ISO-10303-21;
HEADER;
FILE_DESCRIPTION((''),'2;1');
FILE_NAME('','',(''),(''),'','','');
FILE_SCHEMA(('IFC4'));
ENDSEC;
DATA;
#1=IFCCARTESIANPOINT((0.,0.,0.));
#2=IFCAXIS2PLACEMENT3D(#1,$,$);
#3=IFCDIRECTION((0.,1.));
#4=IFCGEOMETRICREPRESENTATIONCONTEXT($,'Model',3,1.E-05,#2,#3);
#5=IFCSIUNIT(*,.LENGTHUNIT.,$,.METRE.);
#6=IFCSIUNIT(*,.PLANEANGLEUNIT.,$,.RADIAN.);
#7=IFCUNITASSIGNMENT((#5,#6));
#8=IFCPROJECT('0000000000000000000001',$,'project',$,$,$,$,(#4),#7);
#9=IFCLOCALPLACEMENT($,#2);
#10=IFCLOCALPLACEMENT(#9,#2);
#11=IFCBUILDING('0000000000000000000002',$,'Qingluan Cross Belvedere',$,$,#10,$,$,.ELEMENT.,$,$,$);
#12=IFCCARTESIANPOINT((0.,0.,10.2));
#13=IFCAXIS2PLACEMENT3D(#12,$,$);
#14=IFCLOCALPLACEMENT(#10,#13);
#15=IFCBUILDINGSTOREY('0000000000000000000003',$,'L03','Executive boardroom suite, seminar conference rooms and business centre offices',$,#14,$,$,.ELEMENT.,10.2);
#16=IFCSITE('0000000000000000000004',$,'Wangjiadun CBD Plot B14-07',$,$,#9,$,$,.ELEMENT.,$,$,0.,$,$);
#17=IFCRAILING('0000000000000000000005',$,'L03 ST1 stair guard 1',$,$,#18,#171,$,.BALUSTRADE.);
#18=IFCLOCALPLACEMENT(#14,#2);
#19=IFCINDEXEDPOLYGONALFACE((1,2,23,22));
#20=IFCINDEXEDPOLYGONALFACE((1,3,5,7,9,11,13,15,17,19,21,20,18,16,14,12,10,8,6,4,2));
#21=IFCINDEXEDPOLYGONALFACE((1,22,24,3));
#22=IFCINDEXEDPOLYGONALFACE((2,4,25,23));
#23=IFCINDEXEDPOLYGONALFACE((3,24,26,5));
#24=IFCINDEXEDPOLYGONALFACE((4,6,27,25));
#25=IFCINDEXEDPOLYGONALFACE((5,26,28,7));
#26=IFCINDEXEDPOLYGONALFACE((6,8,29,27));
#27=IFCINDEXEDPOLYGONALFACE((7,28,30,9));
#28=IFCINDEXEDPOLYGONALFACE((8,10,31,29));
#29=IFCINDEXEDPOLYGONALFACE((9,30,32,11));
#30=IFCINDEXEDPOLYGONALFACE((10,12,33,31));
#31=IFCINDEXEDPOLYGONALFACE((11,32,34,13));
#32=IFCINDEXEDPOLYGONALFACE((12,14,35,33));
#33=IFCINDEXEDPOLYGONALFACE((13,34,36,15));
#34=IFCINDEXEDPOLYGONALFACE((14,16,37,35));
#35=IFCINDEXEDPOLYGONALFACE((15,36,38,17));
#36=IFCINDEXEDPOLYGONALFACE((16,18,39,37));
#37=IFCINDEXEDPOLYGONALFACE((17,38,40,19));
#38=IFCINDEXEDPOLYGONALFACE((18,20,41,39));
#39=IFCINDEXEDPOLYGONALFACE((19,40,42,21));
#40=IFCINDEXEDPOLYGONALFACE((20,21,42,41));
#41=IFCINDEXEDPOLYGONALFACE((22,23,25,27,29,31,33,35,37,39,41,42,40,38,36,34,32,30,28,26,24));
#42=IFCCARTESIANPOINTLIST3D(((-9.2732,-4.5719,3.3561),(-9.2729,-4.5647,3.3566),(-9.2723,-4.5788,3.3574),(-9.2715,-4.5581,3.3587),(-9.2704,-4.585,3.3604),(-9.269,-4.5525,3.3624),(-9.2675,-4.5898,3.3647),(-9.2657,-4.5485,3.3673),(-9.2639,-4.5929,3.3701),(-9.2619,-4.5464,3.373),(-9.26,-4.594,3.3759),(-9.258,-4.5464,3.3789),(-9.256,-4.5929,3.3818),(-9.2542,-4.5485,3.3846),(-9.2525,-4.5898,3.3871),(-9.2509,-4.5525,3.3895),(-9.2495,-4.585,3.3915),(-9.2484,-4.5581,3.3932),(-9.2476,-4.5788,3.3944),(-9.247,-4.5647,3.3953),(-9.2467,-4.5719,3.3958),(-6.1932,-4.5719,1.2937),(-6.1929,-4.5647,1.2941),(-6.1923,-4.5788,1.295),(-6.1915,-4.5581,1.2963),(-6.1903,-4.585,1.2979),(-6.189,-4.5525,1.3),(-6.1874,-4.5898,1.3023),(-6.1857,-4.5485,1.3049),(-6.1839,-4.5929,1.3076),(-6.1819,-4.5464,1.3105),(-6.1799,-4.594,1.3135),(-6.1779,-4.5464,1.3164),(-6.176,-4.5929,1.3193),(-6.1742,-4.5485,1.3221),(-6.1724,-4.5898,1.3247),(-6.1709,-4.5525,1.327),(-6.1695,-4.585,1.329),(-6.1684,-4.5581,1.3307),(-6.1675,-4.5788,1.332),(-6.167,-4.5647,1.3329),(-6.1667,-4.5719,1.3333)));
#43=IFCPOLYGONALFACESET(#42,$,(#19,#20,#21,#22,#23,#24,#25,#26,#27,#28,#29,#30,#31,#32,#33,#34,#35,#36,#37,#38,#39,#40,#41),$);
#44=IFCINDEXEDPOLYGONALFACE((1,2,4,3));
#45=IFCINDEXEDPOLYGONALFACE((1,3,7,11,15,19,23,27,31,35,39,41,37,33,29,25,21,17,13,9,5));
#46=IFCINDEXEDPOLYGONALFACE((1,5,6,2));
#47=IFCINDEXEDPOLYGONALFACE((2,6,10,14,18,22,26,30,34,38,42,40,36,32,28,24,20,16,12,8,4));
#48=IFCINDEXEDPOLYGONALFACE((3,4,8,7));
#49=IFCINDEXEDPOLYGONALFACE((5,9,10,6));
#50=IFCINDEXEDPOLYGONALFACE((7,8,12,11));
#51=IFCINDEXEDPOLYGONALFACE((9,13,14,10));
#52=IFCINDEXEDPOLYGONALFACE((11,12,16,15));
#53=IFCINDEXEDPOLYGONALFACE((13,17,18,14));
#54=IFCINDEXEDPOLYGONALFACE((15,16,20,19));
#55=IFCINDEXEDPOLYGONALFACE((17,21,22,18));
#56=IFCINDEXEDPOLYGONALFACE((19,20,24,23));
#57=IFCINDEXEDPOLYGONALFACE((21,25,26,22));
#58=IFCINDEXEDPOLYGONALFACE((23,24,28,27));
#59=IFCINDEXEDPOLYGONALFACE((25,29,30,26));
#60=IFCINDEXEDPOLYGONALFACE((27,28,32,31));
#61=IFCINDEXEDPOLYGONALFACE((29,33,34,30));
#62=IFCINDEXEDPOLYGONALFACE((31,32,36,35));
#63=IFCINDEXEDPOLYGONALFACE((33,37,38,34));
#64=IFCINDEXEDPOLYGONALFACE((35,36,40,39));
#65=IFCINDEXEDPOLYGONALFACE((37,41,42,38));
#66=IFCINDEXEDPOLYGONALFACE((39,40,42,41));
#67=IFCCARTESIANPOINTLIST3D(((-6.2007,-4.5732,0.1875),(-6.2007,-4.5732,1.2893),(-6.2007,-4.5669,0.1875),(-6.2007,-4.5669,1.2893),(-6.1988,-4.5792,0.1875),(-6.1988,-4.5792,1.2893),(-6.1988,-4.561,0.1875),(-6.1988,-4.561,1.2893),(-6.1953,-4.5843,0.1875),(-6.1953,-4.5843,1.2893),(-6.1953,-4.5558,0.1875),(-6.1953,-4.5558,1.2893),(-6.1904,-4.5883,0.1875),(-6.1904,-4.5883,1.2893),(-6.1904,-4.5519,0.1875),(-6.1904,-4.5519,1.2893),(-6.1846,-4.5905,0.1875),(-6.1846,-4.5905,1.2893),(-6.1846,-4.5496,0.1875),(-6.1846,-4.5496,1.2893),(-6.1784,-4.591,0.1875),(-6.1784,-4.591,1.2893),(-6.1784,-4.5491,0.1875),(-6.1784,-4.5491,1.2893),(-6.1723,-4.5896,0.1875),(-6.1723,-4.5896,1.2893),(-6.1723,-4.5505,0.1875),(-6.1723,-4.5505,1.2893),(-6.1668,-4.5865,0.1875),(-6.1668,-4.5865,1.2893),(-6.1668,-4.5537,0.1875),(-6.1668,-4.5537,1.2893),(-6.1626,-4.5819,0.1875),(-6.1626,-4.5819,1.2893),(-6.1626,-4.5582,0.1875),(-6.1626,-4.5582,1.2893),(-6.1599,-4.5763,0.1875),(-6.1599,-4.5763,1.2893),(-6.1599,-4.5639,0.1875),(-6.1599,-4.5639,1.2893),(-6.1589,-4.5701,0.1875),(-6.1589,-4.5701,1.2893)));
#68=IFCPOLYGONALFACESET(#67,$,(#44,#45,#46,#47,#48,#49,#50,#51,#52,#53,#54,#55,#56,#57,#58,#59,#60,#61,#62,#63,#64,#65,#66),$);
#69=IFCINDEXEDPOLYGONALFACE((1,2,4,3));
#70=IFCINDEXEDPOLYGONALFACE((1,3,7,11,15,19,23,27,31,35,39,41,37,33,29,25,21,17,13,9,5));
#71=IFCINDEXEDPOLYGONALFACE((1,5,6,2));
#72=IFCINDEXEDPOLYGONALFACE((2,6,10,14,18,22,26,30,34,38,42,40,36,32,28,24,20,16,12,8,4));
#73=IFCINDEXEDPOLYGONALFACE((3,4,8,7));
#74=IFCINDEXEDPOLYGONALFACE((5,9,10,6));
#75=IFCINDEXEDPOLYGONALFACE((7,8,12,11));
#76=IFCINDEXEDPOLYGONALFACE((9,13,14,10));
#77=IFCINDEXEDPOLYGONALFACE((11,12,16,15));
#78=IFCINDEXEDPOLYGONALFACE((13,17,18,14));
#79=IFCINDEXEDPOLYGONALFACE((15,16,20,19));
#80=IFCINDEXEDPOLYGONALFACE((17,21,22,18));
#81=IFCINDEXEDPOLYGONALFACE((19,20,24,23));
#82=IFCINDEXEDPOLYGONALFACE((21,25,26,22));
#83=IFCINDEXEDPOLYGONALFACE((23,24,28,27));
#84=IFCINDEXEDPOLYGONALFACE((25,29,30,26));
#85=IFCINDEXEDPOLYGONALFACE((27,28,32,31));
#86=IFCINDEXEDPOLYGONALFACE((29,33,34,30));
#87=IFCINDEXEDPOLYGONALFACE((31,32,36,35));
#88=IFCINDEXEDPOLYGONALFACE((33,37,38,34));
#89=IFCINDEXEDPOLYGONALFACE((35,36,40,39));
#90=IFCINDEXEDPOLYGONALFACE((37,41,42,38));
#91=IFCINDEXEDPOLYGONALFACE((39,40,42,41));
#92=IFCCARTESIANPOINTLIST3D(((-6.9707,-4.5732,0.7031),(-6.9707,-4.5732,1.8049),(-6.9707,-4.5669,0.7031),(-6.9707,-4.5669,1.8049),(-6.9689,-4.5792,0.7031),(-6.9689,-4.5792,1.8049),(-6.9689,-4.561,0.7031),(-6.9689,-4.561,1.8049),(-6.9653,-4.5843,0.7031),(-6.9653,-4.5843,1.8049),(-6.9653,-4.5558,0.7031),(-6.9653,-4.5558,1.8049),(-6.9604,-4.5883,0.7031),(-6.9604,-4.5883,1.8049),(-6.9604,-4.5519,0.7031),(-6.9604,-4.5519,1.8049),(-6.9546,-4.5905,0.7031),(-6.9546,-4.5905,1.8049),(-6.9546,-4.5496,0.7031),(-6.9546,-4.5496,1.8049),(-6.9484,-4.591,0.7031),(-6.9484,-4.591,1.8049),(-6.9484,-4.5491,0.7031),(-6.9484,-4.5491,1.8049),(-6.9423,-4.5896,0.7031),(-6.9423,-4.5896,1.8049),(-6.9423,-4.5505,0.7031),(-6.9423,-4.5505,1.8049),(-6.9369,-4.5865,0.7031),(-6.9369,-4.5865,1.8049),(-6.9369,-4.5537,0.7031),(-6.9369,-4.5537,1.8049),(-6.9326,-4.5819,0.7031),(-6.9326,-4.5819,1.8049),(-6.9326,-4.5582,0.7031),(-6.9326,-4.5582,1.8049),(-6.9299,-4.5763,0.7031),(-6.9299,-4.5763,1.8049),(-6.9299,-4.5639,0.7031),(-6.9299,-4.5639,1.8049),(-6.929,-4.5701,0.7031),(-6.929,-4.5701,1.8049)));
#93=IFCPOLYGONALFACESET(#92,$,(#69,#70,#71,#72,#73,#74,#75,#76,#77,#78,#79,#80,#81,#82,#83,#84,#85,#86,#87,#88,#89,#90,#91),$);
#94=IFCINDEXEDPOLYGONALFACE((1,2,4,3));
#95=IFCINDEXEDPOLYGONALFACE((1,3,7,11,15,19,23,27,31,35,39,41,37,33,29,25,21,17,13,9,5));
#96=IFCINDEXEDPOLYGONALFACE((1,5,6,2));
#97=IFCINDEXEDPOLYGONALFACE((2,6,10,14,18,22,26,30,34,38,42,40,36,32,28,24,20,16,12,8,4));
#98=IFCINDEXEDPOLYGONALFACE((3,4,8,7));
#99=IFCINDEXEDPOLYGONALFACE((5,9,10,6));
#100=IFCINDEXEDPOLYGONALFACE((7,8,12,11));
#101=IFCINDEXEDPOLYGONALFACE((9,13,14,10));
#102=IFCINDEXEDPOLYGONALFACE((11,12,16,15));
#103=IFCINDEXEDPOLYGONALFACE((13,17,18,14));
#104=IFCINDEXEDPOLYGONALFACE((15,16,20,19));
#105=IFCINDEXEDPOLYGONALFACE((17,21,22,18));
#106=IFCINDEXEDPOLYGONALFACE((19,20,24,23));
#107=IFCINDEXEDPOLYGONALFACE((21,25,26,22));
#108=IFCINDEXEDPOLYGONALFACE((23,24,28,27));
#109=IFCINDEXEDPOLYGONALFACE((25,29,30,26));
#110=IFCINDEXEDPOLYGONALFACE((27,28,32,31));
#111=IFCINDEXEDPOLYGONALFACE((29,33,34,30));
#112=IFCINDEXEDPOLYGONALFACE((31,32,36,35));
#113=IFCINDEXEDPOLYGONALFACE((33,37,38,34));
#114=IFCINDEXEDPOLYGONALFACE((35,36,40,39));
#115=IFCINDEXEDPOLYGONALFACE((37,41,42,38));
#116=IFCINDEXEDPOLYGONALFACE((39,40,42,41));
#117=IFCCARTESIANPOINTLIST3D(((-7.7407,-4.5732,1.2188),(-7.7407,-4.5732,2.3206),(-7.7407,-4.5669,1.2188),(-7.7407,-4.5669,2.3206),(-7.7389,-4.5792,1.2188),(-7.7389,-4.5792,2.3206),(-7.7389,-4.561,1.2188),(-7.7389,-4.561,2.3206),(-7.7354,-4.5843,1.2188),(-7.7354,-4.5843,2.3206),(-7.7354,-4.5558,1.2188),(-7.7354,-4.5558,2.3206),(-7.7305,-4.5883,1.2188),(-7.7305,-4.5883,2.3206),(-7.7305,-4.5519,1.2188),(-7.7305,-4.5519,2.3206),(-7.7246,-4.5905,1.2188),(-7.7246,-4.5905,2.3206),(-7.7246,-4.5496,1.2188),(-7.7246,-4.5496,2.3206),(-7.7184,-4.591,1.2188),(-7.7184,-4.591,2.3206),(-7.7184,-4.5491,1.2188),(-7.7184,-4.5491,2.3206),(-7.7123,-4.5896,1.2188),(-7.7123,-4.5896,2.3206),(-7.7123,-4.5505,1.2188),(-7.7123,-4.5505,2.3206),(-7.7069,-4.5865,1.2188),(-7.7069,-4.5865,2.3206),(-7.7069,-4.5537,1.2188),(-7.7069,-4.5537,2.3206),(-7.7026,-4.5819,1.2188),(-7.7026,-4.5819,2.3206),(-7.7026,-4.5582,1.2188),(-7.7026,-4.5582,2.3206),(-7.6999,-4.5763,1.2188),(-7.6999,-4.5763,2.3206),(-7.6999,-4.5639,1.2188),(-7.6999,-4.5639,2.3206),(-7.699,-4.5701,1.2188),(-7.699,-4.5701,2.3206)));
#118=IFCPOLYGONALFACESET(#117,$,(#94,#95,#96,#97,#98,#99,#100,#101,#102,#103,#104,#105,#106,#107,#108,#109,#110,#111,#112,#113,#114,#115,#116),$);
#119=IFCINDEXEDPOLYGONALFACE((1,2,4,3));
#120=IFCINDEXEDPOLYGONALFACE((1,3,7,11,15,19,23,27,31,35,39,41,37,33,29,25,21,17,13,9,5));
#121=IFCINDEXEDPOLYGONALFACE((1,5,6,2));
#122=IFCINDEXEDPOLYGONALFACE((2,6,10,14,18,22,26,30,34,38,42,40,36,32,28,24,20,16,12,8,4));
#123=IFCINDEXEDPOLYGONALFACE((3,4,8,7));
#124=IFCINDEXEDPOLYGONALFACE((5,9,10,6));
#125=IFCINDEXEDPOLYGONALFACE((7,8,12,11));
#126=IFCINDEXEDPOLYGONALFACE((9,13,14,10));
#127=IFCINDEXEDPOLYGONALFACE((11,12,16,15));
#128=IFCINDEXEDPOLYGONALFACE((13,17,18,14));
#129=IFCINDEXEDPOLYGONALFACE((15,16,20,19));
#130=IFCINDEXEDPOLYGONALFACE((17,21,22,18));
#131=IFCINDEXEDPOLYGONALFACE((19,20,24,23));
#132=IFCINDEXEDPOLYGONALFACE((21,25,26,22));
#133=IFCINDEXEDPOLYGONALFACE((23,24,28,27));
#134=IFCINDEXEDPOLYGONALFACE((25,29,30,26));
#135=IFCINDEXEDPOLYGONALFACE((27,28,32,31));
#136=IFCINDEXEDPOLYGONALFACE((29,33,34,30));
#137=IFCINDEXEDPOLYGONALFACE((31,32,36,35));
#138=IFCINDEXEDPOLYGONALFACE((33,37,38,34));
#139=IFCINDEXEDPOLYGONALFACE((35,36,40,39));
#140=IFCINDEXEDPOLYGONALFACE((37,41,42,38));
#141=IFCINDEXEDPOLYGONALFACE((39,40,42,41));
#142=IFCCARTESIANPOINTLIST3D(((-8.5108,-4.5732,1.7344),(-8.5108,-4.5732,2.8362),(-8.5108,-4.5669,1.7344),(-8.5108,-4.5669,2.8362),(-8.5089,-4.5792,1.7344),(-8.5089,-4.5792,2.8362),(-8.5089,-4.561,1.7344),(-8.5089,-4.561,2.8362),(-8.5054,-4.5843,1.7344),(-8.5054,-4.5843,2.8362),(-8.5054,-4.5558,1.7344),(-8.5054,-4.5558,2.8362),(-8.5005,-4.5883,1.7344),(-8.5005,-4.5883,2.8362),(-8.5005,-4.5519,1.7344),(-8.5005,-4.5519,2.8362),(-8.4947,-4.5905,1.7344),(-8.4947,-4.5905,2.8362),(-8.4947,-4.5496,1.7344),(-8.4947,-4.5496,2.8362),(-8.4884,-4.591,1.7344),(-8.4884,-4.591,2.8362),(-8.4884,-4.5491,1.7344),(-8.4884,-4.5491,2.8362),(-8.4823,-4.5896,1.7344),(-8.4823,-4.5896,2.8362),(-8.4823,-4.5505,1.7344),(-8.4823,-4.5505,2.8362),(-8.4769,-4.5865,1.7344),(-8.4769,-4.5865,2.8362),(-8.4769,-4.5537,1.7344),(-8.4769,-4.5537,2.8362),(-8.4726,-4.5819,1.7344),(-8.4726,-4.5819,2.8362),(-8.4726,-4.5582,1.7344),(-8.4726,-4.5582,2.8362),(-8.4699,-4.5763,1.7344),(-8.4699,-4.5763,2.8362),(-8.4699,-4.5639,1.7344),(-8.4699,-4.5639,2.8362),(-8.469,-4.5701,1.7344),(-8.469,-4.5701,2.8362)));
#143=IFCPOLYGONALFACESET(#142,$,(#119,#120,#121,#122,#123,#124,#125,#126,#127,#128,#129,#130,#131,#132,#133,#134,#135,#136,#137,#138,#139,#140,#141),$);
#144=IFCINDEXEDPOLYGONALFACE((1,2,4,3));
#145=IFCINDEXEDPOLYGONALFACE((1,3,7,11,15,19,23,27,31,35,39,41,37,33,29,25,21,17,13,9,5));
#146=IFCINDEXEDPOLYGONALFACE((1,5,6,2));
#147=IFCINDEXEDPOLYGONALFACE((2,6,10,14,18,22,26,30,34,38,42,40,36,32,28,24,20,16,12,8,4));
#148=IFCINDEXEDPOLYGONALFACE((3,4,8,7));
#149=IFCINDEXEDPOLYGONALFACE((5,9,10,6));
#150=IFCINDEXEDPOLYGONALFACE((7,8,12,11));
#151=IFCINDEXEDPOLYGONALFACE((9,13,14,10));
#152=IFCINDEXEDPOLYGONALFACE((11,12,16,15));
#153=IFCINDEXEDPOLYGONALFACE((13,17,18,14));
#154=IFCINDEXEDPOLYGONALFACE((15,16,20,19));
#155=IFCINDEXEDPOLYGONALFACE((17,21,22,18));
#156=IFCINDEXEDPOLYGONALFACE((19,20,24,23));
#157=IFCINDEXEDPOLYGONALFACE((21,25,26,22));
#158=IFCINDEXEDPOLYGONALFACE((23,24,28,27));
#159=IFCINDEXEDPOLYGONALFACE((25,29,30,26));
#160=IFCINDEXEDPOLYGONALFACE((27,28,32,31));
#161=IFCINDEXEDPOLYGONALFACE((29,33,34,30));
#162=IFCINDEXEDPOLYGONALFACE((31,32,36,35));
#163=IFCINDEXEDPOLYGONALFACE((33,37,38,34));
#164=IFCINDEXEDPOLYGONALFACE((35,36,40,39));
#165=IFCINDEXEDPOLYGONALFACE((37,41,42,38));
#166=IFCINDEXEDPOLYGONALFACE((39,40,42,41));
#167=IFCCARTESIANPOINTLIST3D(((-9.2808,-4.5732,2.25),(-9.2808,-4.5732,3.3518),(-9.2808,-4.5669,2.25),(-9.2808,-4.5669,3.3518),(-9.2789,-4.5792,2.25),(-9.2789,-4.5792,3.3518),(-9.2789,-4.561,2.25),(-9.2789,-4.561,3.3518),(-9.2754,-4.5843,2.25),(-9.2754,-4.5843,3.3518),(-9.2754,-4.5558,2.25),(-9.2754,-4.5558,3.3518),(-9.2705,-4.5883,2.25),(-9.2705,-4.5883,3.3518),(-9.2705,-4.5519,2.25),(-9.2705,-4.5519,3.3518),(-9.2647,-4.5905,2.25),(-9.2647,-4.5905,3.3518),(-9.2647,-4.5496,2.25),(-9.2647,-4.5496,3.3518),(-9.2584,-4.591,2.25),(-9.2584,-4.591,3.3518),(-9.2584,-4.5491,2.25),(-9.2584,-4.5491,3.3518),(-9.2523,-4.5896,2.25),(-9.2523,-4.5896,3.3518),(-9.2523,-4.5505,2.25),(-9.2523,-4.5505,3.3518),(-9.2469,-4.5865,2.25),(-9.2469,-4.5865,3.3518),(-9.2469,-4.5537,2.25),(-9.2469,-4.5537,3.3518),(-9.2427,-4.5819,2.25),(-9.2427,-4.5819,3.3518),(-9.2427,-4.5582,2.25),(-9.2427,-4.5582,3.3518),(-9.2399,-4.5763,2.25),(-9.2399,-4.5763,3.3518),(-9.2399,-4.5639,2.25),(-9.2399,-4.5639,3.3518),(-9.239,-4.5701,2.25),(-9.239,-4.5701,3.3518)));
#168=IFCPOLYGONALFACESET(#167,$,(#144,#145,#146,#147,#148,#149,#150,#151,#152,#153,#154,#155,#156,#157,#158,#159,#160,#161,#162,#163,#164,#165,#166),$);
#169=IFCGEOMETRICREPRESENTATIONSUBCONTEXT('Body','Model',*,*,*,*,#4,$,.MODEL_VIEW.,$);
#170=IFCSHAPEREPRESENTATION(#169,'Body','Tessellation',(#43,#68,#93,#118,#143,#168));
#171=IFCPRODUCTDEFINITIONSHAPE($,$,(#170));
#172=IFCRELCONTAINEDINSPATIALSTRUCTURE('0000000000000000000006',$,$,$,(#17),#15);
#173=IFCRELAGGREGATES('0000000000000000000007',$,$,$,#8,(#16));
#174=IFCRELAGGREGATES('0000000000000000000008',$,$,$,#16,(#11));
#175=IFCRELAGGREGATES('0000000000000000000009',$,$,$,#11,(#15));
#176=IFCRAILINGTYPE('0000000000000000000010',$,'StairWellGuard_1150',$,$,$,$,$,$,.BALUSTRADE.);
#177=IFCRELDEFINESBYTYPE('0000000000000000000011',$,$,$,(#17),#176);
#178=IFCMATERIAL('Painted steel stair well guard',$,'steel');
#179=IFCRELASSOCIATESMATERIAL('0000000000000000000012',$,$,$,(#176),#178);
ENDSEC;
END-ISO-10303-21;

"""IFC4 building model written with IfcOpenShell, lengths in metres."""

from ifc_helpers import new_model, si_unit, direction, frame, origin, origin_2d, place, context, subcontext, project, spatial, circle, extrude, material, type_object, element, save


model = new_model("IFC4")

# Units and contexts
model_context = context("Model", 3, precision=1e-05, world=origin(), true_north=direction((0.0, 1.0)))
body_context = subcontext(model_context, "Body", "Model", "MODEL_VIEW")
ifc_project = project(units=[si_unit("LENGTHUNIT", "METRE"), si_unit("PLANEANGLEUNIT", "RADIAN")], contexts=[model_context])

# Site, building, storey
site_placement = place(None, origin())
site = spatial("IfcSite", under=ifc_project, at=site_placement, Name="Wangjiadun CBD Plot B14-07", CompositionType="ELEMENT", RefElevation=0.0)
building_placement = place(site_placement, origin())
building = spatial("IfcBuilding", under=site, at=building_placement, Name="Qingluan Cross Belvedere", CompositionType="ELEMENT")
storey_placement = place(building_placement, frame((0.0, 0.0, 10.2)))
storey = spatial("IfcBuildingStorey", under=building, at=storey_placement, Name="L03", Description="Executive boardroom suite, seminar conference rooms and business centre offices", CompositionType="ELEMENT", Elevation=10.2)

# Railing
ifc_material_1 = material(Name="Painted steel stair well guard", Category="steel")
railing_type_1 = type_object("IfcRailingType", Name="StairWellGuard_1150", PredefinedType="BALUSTRADE", material=ifc_material_1)
railing_1_placement = place(storey_placement, frame((-6.1799, -4.5701, 0.1875)))
element("IfcRailing", 1, at=railing_1_placement, inside=storey, type_object=railing_type_1, Name="L03 ST1 stair guard 1", PredefinedType="BALUSTRADE", context=body_context, shape_type="SweptSolid", body=[
    extrude(circle(Radius=0.0239, at=origin_2d()), frame((0.0, 0.0, 1.126), z_axis=(-0.830914, 0.0, 0.556401), x_axis=(0.0, -1.0, 0.0)), (0.0, 0.0, 1.0), 3.7068),
    extrude(circle(Radius=0.021, at=origin_2d()), origin(), (0.0, 0.0, 1.0), 1.1018),
    extrude(circle(Radius=0.021, at=origin_2d()), frame((-0.77, 0.0, 0.5156)), (0.0, 0.0, 1.0), 1.1018),
    extrude(circle(Radius=0.021, at=origin_2d()), frame((-1.54, 0.0, 1.0312)), (0.0, 0.0, 1.0), 1.1018),
    extrude(circle(Radius=0.021, at=origin_2d()), frame((-2.3101, 0.0, 1.5469)), (0.0, 0.0, 1.0), 1.1018),
    extrude(circle(Radius=0.021, at=origin_2d()), frame((-3.0801, 0.0, 2.0625)), (0.0, 0.0, 1.0), 1.1018),
])

save(model, "model.ifc")
